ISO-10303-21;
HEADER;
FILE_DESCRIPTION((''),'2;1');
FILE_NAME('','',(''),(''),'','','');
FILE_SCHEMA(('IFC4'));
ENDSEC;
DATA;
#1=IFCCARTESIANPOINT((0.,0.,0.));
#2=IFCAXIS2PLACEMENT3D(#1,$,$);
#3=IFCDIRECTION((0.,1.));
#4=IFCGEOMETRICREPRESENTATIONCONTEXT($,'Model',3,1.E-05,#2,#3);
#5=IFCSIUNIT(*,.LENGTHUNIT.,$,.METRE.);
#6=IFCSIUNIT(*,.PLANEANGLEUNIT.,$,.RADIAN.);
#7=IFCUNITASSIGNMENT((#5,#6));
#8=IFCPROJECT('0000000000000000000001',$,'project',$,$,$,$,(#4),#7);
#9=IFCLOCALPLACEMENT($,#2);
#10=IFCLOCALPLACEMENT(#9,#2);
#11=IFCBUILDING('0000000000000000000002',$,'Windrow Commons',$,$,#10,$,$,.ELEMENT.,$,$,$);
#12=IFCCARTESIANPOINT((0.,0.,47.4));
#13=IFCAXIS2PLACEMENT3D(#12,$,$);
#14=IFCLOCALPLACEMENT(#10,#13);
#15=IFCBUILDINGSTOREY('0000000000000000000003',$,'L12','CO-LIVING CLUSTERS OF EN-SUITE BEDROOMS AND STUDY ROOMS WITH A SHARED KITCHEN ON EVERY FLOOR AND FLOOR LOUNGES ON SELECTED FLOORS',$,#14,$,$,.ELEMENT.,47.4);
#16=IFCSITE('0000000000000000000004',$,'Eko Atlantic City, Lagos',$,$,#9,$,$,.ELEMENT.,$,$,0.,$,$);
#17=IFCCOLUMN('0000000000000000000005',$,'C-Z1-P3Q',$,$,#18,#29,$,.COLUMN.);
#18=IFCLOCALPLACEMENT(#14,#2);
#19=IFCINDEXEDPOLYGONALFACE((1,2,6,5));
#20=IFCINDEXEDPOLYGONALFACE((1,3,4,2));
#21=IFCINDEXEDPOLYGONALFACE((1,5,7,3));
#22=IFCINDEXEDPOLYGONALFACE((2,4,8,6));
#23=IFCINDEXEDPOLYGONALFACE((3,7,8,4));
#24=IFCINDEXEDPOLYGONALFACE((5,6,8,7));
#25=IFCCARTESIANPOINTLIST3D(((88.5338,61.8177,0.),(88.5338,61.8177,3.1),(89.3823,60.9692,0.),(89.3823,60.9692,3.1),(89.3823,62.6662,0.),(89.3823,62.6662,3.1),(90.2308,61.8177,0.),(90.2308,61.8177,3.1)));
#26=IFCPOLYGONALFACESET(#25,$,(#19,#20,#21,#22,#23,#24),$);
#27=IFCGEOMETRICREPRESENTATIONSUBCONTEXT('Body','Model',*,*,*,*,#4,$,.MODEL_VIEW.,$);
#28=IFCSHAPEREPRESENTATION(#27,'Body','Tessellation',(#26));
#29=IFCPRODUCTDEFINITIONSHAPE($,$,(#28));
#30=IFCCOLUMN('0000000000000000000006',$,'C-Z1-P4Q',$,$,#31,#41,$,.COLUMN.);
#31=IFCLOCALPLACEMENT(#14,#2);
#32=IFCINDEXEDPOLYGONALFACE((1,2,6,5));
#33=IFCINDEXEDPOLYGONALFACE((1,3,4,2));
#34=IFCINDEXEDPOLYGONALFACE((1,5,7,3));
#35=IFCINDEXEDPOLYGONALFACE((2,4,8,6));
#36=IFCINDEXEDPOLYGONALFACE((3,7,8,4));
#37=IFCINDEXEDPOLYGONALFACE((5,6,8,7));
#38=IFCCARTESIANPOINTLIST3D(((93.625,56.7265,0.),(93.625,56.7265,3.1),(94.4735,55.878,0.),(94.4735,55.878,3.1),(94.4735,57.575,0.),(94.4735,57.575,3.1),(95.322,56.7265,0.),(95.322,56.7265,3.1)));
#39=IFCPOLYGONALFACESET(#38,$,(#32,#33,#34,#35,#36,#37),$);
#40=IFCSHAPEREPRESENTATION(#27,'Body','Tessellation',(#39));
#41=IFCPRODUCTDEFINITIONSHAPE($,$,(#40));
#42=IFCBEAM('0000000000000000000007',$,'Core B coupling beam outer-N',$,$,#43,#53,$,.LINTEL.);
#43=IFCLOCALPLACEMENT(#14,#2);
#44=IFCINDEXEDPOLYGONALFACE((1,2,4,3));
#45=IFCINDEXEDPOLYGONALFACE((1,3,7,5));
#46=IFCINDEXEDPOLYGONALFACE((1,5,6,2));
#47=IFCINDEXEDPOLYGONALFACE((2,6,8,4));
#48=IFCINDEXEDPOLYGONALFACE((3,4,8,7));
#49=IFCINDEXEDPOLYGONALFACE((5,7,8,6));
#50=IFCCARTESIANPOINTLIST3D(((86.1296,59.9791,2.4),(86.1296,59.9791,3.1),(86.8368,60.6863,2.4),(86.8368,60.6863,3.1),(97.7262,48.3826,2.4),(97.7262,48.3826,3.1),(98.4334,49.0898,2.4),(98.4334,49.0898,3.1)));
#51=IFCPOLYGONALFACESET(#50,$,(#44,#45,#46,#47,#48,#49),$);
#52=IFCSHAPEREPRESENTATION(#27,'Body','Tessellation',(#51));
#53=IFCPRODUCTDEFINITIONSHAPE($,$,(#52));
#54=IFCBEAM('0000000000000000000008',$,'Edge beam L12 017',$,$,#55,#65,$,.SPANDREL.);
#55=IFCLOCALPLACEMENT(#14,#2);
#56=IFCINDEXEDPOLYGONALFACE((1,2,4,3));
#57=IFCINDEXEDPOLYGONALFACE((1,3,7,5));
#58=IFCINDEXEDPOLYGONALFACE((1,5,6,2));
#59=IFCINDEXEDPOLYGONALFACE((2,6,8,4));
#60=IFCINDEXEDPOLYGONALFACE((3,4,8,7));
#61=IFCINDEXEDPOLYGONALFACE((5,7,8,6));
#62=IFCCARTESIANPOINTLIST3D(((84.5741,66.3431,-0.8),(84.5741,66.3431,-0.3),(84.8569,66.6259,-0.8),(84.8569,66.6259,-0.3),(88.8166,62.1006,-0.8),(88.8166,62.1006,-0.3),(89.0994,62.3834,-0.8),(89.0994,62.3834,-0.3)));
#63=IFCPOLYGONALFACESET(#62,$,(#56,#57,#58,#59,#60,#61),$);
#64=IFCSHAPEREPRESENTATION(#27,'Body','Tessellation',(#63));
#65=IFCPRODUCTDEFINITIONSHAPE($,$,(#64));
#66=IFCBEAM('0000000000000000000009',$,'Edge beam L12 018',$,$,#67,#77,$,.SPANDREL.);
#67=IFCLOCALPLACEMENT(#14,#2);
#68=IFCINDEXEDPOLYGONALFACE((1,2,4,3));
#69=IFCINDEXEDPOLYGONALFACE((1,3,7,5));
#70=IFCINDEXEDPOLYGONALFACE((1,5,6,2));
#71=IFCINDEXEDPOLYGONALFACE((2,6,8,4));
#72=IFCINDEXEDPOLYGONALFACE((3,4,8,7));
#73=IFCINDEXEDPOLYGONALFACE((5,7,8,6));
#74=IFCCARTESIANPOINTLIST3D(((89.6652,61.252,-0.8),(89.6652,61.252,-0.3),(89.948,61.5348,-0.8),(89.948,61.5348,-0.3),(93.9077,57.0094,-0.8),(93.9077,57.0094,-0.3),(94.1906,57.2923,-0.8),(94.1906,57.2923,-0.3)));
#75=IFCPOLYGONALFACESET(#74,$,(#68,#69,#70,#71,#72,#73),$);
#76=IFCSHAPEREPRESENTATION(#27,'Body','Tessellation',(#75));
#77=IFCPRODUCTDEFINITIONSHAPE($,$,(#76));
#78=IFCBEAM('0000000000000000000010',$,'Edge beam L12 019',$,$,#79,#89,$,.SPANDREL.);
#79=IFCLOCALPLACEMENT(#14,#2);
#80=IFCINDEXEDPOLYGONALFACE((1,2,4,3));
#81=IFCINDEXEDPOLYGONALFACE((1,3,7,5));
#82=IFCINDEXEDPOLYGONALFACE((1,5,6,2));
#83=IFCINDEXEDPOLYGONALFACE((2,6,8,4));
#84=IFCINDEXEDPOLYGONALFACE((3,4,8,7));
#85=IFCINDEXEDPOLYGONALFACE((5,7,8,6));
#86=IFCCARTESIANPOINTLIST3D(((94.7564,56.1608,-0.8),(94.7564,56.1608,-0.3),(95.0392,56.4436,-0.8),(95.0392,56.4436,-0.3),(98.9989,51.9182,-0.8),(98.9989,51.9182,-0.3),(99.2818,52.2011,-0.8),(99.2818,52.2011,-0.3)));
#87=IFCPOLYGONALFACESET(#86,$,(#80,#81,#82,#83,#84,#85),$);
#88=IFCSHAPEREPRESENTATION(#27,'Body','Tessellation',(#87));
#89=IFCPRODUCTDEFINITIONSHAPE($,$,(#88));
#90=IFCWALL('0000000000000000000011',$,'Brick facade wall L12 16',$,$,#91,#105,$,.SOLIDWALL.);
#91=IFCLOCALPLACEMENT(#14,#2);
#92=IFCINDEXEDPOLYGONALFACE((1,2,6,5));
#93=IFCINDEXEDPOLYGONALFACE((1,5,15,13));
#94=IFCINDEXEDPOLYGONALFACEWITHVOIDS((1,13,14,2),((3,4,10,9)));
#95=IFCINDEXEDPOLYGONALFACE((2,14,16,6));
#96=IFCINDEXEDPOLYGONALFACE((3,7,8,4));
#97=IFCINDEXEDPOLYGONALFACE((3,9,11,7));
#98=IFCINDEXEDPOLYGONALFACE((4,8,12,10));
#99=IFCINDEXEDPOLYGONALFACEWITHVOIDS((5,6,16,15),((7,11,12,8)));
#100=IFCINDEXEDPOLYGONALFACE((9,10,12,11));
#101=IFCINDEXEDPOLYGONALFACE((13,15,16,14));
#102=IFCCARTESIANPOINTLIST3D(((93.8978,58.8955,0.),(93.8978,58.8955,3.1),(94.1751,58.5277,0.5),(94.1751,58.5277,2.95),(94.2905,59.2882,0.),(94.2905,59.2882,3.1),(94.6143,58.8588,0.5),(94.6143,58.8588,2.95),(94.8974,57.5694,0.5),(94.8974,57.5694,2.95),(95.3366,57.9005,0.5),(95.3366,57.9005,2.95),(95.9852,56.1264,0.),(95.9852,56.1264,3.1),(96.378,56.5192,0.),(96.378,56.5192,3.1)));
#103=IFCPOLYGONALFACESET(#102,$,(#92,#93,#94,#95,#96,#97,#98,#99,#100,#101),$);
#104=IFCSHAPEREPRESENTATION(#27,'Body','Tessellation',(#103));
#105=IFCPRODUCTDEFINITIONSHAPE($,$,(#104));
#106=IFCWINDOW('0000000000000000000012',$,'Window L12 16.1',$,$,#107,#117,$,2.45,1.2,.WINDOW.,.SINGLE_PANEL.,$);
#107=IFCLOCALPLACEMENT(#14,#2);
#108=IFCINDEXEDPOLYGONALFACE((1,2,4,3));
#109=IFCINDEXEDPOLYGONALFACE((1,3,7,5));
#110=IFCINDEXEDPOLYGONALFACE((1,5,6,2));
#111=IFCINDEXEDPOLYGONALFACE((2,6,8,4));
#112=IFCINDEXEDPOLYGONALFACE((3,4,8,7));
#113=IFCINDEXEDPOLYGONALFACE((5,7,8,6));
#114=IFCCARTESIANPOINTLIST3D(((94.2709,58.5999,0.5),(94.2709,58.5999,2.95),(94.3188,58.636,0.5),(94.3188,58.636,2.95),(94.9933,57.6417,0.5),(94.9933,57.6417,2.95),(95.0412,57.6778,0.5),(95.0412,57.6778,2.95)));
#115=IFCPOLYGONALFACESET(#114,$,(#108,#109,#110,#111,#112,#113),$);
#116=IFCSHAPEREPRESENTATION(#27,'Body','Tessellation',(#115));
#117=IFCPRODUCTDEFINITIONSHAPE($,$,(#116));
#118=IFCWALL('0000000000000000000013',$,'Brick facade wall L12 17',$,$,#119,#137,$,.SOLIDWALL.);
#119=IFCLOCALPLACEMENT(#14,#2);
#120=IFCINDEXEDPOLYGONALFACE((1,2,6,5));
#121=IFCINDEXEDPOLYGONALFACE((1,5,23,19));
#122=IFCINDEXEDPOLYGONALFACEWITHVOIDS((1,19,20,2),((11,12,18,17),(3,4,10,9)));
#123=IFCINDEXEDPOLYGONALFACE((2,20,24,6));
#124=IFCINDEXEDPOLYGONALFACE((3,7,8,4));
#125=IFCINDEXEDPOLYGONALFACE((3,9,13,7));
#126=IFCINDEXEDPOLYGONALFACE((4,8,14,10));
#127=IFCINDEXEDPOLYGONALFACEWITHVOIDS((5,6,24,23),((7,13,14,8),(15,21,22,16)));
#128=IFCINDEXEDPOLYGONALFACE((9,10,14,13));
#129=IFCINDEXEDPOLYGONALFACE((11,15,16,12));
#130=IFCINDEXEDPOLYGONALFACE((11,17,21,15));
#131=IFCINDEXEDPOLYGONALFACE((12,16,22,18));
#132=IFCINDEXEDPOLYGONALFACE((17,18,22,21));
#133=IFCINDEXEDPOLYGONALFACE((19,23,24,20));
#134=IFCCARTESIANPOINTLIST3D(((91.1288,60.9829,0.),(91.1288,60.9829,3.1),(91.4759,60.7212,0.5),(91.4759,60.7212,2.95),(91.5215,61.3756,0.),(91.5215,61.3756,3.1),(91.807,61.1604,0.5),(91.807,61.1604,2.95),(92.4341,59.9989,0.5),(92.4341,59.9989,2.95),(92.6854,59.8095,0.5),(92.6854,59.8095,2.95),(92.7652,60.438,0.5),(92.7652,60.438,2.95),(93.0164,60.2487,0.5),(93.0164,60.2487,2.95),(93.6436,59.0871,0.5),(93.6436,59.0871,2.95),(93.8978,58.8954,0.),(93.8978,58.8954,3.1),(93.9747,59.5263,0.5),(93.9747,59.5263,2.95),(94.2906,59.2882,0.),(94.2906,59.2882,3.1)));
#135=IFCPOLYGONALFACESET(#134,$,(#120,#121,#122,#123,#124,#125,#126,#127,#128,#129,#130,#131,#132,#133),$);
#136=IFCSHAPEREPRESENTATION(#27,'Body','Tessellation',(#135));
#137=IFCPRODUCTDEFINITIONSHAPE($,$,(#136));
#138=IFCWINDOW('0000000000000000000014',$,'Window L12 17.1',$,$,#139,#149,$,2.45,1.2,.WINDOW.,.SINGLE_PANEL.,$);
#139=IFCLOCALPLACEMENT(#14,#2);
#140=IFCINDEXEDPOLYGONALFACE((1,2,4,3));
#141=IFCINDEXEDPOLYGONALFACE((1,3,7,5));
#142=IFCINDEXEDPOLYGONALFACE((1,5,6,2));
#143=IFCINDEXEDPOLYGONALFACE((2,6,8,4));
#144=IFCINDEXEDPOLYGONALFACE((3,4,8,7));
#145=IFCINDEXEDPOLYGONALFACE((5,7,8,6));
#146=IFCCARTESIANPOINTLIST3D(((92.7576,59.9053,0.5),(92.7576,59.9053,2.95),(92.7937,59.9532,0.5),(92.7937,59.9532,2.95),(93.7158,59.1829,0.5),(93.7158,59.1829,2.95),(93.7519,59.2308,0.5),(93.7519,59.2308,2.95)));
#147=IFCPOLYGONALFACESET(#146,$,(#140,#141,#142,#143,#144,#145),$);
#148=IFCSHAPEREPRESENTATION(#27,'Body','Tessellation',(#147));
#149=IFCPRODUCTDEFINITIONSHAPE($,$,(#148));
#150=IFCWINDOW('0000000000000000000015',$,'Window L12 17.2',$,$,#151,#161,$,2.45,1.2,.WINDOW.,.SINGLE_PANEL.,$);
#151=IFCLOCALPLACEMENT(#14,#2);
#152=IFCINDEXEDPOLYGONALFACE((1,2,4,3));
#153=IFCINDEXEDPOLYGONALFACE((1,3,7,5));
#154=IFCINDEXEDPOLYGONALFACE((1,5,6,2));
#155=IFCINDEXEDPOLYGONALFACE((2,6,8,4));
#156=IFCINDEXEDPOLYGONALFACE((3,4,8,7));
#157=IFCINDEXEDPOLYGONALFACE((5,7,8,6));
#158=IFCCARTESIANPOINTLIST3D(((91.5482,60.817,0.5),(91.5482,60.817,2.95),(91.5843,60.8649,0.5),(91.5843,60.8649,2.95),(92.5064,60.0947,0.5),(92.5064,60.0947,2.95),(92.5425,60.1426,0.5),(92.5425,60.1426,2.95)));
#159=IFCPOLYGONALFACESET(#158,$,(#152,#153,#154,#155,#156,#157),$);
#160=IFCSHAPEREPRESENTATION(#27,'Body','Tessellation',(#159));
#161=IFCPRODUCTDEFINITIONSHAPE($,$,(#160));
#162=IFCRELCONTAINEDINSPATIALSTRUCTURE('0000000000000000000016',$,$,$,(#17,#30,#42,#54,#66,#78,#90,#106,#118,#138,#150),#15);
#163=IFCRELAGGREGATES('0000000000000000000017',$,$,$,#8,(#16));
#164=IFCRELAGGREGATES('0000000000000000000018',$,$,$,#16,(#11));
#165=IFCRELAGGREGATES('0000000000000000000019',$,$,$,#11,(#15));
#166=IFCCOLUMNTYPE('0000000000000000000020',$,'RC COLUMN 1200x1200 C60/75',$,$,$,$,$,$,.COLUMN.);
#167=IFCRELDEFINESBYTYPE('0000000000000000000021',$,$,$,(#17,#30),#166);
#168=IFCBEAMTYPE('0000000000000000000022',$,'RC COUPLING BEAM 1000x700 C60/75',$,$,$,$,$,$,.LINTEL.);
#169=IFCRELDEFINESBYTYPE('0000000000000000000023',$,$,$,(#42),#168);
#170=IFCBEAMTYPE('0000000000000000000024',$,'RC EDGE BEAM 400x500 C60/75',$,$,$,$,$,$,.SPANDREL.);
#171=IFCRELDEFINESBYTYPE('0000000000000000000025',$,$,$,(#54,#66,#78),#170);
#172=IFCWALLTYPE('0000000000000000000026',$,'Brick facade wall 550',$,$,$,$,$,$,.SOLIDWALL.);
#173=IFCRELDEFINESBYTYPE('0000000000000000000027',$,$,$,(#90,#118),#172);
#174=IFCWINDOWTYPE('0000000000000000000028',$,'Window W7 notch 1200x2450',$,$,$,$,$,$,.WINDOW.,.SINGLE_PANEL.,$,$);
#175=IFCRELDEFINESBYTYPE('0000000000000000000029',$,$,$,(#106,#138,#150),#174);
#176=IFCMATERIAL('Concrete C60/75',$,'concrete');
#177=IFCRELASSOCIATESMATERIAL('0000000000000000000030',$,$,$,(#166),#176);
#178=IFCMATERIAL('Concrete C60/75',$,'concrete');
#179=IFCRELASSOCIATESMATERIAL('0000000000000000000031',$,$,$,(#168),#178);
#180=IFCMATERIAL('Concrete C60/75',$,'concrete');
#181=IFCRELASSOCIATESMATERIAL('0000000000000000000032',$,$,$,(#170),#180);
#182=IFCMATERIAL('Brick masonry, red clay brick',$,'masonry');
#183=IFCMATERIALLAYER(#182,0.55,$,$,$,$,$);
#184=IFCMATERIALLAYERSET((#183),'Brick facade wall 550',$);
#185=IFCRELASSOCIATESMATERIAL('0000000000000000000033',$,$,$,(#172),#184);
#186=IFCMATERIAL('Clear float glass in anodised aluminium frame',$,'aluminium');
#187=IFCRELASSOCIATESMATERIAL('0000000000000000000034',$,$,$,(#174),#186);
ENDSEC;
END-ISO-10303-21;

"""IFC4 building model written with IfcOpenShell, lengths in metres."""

from ifc_helpers import new_model, si_unit, direction, frame, frame_2d, origin, origin_2d, place, context, subcontext, project, spatial, polyline, rectangle, outline, extrude, material, layer, layer_set, material_profile, profile_set, type_object, element, fill, save


model = new_model("IFC4")

# Units and contexts
model_context = context("Model", 3, precision=1e-05, world=origin(), true_north=direction((0.0, 1.0)))
body_context = subcontext(model_context, "Body", "Model", "MODEL_VIEW")
ifc_project = project(units=[si_unit("LENGTHUNIT", "METRE"), si_unit("PLANEANGLEUNIT", "RADIAN")], contexts=[model_context])

# Site, building, storey
site_placement = place(None, origin())
site = spatial("IfcSite", under=ifc_project, at=site_placement, Name="Eko Atlantic City, Lagos", CompositionType="ELEMENT", RefElevation=0.0)
building_placement = place(site_placement, origin())
building = spatial("IfcBuilding", under=site, at=building_placement, Name="Windrow Commons", CompositionType="ELEMENT")
storey_placement = place(building_placement, frame((0.0, 0.0, 47.4)))
storey = spatial("IfcBuildingStorey", under=building, at=storey_placement, Name="L12", Description="CO-LIVING CLUSTERS OF EN-SUITE BEDROOMS AND STUDY ROOMS WITH A SHARED KITCHEN ON EVERY FLOOR AND FLOOR LOUNGES ON SELECTED FLOORS", CompositionType="ELEMENT", Elevation=47.4)

# Columns
ifc_material_1 = material(Name="Concrete C60/75", Category="concrete")
ifc_material_profile_1 = material_profile(ifc_material_1, rectangle(XDim=1.2, YDim=1.2, at=origin_2d()))
ifc_profile_set_1 = profile_set([ifc_material_profile_1], Name="Concrete C60/75")
column_type = type_object("IfcColumnType", Name="RC COLUMN 1200x1200 C60/75", PredefinedType="COLUMN", material=ifc_profile_set_1)
for number, where, z_axis, x_axis, name in (
    (1, (89.3823, 61.8177, 0.0), (0.0, 0.0, 1.0), (0.707107, -0.707107, 0.0), "C-Z1-P3Q"),
    (2, (94.4735, 56.7265, 0.0), (0.0, 0.0, 1.0), (0.707107, -0.707107, 0.0), "C-Z1-P4Q"),
):
    element("IfcColumn", number, at=place(storey_placement, frame(where, z_axis=z_axis, x_axis=x_axis)), inside=storey, type_object=column_type, Name=name, PredefinedType="COLUMN", context=body_context, shape_type="SweptSolid", body=[
        extrude(rectangle(XDim=1.2, YDim=1.2, at=origin_2d()), origin(), (0.0, 0.0, 1.0), 3.1),
    ])

# Beams
ifc_material_2 = material(Name="Concrete C60/75", Category="concrete")
ifc_material_profile_2 = material_profile(ifc_material_2, rectangle(XDim=1.0, YDim=0.7, at=origin_2d()))
ifc_profile_set_2 = profile_set([ifc_material_profile_2], Name="Concrete C60/75")
beam_type_1 = type_object("IfcBeamType", Name="RC COUPLING BEAM 1000x700 C60/75", PredefinedType="LINTEL", material=ifc_profile_set_2)
beam_1_placement = place(storey_placement, frame((86.4832, 60.3327, 2.75), z_axis=(0.70711, -0.707104, 0.0), x_axis=(0.707104, 0.70711, 0.0)))
element("IfcBeam", 3, at=beam_1_placement, inside=storey, type_object=beam_type_1, Name="Core B coupling beam outer-N", PredefinedType="LINTEL", context=body_context, shape_type="SweptSolid", body=[
    extrude(rectangle(XDim=1.0, YDim=0.7, at=origin_2d()), origin(), (0.0, 0.0, 1.0), 16.4),
])
ifc_material_3 = material(Name="Concrete C60/75", Category="concrete")
ifc_material_profile_3 = material_profile(ifc_material_3, rectangle(XDim=0.4, YDim=0.5, at=origin_2d()))
ifc_profile_set_3 = profile_set([ifc_material_profile_3], Name="Concrete C60/75")
beam_type_2 = type_object("IfcBeamType", Name="RC EDGE BEAM 400x500 C60/75", PredefinedType="SPANDREL", material=ifc_profile_set_3)
beam_2_placement = place(storey_placement, frame((84.7155, 66.4845, -0.55), z_axis=(0.707107, -0.707107, 0.0), x_axis=(0.707107, 0.707107, 0.0)))
element("IfcBeam", 4, at=beam_2_placement, inside=storey, type_object=beam_type_2, Name="Edge beam L12 017", PredefinedType="SPANDREL", context=body_context, shape_type="SweptSolid", body=[
    extrude(rectangle(XDim=0.4, YDim=0.5, at=origin_2d()), origin(), (0.0, 0.0, 1.0), 5.9998),
])
for number, where, z_axis, x_axis, name in (
    (5, (89.8066, 61.3934, -0.55), (0.707107, -0.707107, 0.0), (0.707107, 0.707107, 0.0), "Edge beam L12 018"),
    (6, (94.8978, 56.3022, -0.55), (0.707107, -0.707107, 0.0), (0.707107, 0.707107, 0.0), "Edge beam L12 019"),
):
    element("IfcBeam", number, at=place(storey_placement, frame(where, z_axis=z_axis, x_axis=x_axis)), inside=storey, type_object=beam_type_2, Name=name, PredefinedType="SPANDREL", context=body_context, shape_type="SweptSolid", body=[
        extrude(rectangle(XDim=0.4, YDim=0.5, at=origin_2d()), origin(), (0.0, 0.0, 1.0), 5.9999),
    ])

# Wall, opening, window
ifc_material_4 = material(Name="Brick masonry, red clay brick", Category="masonry")
ifc_layer_1 = layer(ifc_material_4, 0.55)
ifc_layer_set_1 = layer_set([ifc_layer_1], Name="Brick facade wall 550")
wall_type_1 = type_object("IfcWallType", Name="Brick facade wall 550", PredefinedType="SOLIDWALL", material=ifc_layer_set_1)
wall_1_placement = place(storey_placement, frame((96.1816, 56.3228, 0.0), z_axis=(0.0, 0.0, 1.0), x_axis=(-0.601964, 0.798523, 0.0)))
wall_1 = element("IfcWall", 7, at=wall_1_placement, inside=storey, type_object=wall_type_1, Name="Brick facade wall L12 16", PredefinedType="SOLIDWALL", context=body_context, shape_type="SweptSolid", body=[
    extrude(outline(polyline([(0.0386, -0.275), (3.5063, -0.275), (3.4291, 0.275), (-0.0386, 0.275), (0.0386, -0.275)])), origin(), (0.0, 0.0, 1.0), 3.1),
])
opening_1_placement = place(wall_1_placement, frame((1.7685, 0.0, 0.5)))
opening_1 = element("IfcOpeningElement", 8, at=opening_1_placement, cuts=wall_1, PredefinedType="OPENING", context=body_context, shape_type="SweptSolid", body=[
    extrude(rectangle(XDim=1.2, YDim=2.45, at=frame_2d((0.6, 1.225))), frame((0.0, 0.285, 0.0), z_axis=(0.0, -1.0, 0.0), x_axis=(1.0, 0.0, 0.0)), (0.0, 0.0, 1.0), 0.57),
])
ifc_material_5 = material(Name="Clear float glass in anodised aluminium frame", Category="aluminium")
window_type = type_object("IfcWindowType", Name="Window W7 notch 1200x2450", PartitioningType="SINGLE_PANEL", PredefinedType="WINDOW", material=ifc_material_5)
window_1_placement = place(opening_1_placement, origin())
window_1 = element("IfcWindow", 9, at=window_1_placement, inside=storey, type_object=window_type, Name="Window L12 16.1", OverallHeight=2.45, OverallWidth=1.2, PartitioningType="SINGLE_PANEL", PredefinedType="WINDOW", context=body_context, shape_type="SweptSolid", body=[
    extrude(rectangle(XDim=1.2, YDim=2.45, at=frame_2d((0.6, 1.225))), frame((0.0, 0.155, 0.0), z_axis=(0.0, -1.0, 0.0), x_axis=(1.0, 0.0, 0.0)), (0.0, 0.0, 1.0), 0.06),
])
fill(opening_1, window_1)

# Wall, openings, windows
wall_2_placement = place(storey_placement, frame((94.0942, 59.0918, 0.0), z_axis=(0.0, 0.0, 1.0), x_axis=(-0.79852, 0.601968, 0.0)))
wall_2 = element("IfcWall", 10, at=wall_2_placement, inside=storey, type_object=wall_type_1, Name="Brick facade wall L12 17", PredefinedType="SOLIDWALL", context=body_context, shape_type="SweptSolid", body=[
    extrude(outline(polyline([(-0.0386, -0.275), (3.4291, -0.275), (3.5063, 0.275), (0.0386, 0.275), (-0.0386, -0.275)])), origin(), (0.0, 0.0, 1.0), 3.1),
])
opening_2_placement = place(wall_2_placement, frame((0.357, 0.0, 0.5)))
opening_2 = element("IfcOpeningElement", 11, at=opening_2_placement, cuts=wall_2, PredefinedType="OPENING", context=body_context, shape_type="SweptSolid", body=[
    extrude(rectangle(XDim=1.2, YDim=2.45, at=frame_2d((0.6, 1.225))), frame((0.0, 0.285, 0.0), z_axis=(0.0, -1.0, 0.0), x_axis=(1.0, 0.0, 0.0)), (0.0, 0.0, 1.0), 0.57),
])
opening_3_placement = place(wall_2_placement, frame((1.8716, 0.0, 0.5)))
opening_3 = element("IfcOpeningElement", 12, at=opening_3_placement, cuts=wall_2, PredefinedType="OPENING", context=body_context, shape_type="SweptSolid", body=[
    extrude(rectangle(XDim=1.2, YDim=2.45, at=frame_2d((0.6, 1.225))), frame((0.0, 0.285, 0.0), z_axis=(0.0, -1.0, 0.0), x_axis=(1.0, 0.0, 0.0)), (0.0, 0.0, 1.0), 0.57),
])
window_2_placement = place(opening_2_placement, origin())
window_2 = element("IfcWindow", 13, at=window_2_placement, inside=storey, type_object=window_type, Name="Window L12 17.1", OverallHeight=2.45, OverallWidth=1.2, PartitioningType="SINGLE_PANEL", PredefinedType="WINDOW", context=body_context, shape_type="SweptSolid", body=[
    extrude(rectangle(XDim=1.2, YDim=2.45, at=frame_2d((0.6, 1.225))), frame((0.0, 0.155, 0.0), z_axis=(0.0, -1.0, 0.0), x_axis=(1.0, 0.0, 0.0)), (0.0, 0.0, 1.0), 0.06),
])
fill(opening_2, window_2)
window_3_placement = place(opening_3_placement, origin())
window_3 = element("IfcWindow", 14, at=window_3_placement, inside=storey, type_object=window_type, Name="Window L12 17.2", OverallHeight=2.45, OverallWidth=1.2, PartitioningType="SINGLE_PANEL", PredefinedType="WINDOW", context=body_context, shape_type="SweptSolid", body=[
    extrude(rectangle(XDim=1.2, YDim=2.45, at=frame_2d((0.6, 1.225))), frame((0.0, 0.155, 0.0), z_axis=(0.0, -1.0, 0.0), x_axis=(1.0, 0.0, 0.0)), (0.0, 0.0, 1.0), 0.06),
])
fill(opening_3, window_3)

save(model, "model.ifc")
